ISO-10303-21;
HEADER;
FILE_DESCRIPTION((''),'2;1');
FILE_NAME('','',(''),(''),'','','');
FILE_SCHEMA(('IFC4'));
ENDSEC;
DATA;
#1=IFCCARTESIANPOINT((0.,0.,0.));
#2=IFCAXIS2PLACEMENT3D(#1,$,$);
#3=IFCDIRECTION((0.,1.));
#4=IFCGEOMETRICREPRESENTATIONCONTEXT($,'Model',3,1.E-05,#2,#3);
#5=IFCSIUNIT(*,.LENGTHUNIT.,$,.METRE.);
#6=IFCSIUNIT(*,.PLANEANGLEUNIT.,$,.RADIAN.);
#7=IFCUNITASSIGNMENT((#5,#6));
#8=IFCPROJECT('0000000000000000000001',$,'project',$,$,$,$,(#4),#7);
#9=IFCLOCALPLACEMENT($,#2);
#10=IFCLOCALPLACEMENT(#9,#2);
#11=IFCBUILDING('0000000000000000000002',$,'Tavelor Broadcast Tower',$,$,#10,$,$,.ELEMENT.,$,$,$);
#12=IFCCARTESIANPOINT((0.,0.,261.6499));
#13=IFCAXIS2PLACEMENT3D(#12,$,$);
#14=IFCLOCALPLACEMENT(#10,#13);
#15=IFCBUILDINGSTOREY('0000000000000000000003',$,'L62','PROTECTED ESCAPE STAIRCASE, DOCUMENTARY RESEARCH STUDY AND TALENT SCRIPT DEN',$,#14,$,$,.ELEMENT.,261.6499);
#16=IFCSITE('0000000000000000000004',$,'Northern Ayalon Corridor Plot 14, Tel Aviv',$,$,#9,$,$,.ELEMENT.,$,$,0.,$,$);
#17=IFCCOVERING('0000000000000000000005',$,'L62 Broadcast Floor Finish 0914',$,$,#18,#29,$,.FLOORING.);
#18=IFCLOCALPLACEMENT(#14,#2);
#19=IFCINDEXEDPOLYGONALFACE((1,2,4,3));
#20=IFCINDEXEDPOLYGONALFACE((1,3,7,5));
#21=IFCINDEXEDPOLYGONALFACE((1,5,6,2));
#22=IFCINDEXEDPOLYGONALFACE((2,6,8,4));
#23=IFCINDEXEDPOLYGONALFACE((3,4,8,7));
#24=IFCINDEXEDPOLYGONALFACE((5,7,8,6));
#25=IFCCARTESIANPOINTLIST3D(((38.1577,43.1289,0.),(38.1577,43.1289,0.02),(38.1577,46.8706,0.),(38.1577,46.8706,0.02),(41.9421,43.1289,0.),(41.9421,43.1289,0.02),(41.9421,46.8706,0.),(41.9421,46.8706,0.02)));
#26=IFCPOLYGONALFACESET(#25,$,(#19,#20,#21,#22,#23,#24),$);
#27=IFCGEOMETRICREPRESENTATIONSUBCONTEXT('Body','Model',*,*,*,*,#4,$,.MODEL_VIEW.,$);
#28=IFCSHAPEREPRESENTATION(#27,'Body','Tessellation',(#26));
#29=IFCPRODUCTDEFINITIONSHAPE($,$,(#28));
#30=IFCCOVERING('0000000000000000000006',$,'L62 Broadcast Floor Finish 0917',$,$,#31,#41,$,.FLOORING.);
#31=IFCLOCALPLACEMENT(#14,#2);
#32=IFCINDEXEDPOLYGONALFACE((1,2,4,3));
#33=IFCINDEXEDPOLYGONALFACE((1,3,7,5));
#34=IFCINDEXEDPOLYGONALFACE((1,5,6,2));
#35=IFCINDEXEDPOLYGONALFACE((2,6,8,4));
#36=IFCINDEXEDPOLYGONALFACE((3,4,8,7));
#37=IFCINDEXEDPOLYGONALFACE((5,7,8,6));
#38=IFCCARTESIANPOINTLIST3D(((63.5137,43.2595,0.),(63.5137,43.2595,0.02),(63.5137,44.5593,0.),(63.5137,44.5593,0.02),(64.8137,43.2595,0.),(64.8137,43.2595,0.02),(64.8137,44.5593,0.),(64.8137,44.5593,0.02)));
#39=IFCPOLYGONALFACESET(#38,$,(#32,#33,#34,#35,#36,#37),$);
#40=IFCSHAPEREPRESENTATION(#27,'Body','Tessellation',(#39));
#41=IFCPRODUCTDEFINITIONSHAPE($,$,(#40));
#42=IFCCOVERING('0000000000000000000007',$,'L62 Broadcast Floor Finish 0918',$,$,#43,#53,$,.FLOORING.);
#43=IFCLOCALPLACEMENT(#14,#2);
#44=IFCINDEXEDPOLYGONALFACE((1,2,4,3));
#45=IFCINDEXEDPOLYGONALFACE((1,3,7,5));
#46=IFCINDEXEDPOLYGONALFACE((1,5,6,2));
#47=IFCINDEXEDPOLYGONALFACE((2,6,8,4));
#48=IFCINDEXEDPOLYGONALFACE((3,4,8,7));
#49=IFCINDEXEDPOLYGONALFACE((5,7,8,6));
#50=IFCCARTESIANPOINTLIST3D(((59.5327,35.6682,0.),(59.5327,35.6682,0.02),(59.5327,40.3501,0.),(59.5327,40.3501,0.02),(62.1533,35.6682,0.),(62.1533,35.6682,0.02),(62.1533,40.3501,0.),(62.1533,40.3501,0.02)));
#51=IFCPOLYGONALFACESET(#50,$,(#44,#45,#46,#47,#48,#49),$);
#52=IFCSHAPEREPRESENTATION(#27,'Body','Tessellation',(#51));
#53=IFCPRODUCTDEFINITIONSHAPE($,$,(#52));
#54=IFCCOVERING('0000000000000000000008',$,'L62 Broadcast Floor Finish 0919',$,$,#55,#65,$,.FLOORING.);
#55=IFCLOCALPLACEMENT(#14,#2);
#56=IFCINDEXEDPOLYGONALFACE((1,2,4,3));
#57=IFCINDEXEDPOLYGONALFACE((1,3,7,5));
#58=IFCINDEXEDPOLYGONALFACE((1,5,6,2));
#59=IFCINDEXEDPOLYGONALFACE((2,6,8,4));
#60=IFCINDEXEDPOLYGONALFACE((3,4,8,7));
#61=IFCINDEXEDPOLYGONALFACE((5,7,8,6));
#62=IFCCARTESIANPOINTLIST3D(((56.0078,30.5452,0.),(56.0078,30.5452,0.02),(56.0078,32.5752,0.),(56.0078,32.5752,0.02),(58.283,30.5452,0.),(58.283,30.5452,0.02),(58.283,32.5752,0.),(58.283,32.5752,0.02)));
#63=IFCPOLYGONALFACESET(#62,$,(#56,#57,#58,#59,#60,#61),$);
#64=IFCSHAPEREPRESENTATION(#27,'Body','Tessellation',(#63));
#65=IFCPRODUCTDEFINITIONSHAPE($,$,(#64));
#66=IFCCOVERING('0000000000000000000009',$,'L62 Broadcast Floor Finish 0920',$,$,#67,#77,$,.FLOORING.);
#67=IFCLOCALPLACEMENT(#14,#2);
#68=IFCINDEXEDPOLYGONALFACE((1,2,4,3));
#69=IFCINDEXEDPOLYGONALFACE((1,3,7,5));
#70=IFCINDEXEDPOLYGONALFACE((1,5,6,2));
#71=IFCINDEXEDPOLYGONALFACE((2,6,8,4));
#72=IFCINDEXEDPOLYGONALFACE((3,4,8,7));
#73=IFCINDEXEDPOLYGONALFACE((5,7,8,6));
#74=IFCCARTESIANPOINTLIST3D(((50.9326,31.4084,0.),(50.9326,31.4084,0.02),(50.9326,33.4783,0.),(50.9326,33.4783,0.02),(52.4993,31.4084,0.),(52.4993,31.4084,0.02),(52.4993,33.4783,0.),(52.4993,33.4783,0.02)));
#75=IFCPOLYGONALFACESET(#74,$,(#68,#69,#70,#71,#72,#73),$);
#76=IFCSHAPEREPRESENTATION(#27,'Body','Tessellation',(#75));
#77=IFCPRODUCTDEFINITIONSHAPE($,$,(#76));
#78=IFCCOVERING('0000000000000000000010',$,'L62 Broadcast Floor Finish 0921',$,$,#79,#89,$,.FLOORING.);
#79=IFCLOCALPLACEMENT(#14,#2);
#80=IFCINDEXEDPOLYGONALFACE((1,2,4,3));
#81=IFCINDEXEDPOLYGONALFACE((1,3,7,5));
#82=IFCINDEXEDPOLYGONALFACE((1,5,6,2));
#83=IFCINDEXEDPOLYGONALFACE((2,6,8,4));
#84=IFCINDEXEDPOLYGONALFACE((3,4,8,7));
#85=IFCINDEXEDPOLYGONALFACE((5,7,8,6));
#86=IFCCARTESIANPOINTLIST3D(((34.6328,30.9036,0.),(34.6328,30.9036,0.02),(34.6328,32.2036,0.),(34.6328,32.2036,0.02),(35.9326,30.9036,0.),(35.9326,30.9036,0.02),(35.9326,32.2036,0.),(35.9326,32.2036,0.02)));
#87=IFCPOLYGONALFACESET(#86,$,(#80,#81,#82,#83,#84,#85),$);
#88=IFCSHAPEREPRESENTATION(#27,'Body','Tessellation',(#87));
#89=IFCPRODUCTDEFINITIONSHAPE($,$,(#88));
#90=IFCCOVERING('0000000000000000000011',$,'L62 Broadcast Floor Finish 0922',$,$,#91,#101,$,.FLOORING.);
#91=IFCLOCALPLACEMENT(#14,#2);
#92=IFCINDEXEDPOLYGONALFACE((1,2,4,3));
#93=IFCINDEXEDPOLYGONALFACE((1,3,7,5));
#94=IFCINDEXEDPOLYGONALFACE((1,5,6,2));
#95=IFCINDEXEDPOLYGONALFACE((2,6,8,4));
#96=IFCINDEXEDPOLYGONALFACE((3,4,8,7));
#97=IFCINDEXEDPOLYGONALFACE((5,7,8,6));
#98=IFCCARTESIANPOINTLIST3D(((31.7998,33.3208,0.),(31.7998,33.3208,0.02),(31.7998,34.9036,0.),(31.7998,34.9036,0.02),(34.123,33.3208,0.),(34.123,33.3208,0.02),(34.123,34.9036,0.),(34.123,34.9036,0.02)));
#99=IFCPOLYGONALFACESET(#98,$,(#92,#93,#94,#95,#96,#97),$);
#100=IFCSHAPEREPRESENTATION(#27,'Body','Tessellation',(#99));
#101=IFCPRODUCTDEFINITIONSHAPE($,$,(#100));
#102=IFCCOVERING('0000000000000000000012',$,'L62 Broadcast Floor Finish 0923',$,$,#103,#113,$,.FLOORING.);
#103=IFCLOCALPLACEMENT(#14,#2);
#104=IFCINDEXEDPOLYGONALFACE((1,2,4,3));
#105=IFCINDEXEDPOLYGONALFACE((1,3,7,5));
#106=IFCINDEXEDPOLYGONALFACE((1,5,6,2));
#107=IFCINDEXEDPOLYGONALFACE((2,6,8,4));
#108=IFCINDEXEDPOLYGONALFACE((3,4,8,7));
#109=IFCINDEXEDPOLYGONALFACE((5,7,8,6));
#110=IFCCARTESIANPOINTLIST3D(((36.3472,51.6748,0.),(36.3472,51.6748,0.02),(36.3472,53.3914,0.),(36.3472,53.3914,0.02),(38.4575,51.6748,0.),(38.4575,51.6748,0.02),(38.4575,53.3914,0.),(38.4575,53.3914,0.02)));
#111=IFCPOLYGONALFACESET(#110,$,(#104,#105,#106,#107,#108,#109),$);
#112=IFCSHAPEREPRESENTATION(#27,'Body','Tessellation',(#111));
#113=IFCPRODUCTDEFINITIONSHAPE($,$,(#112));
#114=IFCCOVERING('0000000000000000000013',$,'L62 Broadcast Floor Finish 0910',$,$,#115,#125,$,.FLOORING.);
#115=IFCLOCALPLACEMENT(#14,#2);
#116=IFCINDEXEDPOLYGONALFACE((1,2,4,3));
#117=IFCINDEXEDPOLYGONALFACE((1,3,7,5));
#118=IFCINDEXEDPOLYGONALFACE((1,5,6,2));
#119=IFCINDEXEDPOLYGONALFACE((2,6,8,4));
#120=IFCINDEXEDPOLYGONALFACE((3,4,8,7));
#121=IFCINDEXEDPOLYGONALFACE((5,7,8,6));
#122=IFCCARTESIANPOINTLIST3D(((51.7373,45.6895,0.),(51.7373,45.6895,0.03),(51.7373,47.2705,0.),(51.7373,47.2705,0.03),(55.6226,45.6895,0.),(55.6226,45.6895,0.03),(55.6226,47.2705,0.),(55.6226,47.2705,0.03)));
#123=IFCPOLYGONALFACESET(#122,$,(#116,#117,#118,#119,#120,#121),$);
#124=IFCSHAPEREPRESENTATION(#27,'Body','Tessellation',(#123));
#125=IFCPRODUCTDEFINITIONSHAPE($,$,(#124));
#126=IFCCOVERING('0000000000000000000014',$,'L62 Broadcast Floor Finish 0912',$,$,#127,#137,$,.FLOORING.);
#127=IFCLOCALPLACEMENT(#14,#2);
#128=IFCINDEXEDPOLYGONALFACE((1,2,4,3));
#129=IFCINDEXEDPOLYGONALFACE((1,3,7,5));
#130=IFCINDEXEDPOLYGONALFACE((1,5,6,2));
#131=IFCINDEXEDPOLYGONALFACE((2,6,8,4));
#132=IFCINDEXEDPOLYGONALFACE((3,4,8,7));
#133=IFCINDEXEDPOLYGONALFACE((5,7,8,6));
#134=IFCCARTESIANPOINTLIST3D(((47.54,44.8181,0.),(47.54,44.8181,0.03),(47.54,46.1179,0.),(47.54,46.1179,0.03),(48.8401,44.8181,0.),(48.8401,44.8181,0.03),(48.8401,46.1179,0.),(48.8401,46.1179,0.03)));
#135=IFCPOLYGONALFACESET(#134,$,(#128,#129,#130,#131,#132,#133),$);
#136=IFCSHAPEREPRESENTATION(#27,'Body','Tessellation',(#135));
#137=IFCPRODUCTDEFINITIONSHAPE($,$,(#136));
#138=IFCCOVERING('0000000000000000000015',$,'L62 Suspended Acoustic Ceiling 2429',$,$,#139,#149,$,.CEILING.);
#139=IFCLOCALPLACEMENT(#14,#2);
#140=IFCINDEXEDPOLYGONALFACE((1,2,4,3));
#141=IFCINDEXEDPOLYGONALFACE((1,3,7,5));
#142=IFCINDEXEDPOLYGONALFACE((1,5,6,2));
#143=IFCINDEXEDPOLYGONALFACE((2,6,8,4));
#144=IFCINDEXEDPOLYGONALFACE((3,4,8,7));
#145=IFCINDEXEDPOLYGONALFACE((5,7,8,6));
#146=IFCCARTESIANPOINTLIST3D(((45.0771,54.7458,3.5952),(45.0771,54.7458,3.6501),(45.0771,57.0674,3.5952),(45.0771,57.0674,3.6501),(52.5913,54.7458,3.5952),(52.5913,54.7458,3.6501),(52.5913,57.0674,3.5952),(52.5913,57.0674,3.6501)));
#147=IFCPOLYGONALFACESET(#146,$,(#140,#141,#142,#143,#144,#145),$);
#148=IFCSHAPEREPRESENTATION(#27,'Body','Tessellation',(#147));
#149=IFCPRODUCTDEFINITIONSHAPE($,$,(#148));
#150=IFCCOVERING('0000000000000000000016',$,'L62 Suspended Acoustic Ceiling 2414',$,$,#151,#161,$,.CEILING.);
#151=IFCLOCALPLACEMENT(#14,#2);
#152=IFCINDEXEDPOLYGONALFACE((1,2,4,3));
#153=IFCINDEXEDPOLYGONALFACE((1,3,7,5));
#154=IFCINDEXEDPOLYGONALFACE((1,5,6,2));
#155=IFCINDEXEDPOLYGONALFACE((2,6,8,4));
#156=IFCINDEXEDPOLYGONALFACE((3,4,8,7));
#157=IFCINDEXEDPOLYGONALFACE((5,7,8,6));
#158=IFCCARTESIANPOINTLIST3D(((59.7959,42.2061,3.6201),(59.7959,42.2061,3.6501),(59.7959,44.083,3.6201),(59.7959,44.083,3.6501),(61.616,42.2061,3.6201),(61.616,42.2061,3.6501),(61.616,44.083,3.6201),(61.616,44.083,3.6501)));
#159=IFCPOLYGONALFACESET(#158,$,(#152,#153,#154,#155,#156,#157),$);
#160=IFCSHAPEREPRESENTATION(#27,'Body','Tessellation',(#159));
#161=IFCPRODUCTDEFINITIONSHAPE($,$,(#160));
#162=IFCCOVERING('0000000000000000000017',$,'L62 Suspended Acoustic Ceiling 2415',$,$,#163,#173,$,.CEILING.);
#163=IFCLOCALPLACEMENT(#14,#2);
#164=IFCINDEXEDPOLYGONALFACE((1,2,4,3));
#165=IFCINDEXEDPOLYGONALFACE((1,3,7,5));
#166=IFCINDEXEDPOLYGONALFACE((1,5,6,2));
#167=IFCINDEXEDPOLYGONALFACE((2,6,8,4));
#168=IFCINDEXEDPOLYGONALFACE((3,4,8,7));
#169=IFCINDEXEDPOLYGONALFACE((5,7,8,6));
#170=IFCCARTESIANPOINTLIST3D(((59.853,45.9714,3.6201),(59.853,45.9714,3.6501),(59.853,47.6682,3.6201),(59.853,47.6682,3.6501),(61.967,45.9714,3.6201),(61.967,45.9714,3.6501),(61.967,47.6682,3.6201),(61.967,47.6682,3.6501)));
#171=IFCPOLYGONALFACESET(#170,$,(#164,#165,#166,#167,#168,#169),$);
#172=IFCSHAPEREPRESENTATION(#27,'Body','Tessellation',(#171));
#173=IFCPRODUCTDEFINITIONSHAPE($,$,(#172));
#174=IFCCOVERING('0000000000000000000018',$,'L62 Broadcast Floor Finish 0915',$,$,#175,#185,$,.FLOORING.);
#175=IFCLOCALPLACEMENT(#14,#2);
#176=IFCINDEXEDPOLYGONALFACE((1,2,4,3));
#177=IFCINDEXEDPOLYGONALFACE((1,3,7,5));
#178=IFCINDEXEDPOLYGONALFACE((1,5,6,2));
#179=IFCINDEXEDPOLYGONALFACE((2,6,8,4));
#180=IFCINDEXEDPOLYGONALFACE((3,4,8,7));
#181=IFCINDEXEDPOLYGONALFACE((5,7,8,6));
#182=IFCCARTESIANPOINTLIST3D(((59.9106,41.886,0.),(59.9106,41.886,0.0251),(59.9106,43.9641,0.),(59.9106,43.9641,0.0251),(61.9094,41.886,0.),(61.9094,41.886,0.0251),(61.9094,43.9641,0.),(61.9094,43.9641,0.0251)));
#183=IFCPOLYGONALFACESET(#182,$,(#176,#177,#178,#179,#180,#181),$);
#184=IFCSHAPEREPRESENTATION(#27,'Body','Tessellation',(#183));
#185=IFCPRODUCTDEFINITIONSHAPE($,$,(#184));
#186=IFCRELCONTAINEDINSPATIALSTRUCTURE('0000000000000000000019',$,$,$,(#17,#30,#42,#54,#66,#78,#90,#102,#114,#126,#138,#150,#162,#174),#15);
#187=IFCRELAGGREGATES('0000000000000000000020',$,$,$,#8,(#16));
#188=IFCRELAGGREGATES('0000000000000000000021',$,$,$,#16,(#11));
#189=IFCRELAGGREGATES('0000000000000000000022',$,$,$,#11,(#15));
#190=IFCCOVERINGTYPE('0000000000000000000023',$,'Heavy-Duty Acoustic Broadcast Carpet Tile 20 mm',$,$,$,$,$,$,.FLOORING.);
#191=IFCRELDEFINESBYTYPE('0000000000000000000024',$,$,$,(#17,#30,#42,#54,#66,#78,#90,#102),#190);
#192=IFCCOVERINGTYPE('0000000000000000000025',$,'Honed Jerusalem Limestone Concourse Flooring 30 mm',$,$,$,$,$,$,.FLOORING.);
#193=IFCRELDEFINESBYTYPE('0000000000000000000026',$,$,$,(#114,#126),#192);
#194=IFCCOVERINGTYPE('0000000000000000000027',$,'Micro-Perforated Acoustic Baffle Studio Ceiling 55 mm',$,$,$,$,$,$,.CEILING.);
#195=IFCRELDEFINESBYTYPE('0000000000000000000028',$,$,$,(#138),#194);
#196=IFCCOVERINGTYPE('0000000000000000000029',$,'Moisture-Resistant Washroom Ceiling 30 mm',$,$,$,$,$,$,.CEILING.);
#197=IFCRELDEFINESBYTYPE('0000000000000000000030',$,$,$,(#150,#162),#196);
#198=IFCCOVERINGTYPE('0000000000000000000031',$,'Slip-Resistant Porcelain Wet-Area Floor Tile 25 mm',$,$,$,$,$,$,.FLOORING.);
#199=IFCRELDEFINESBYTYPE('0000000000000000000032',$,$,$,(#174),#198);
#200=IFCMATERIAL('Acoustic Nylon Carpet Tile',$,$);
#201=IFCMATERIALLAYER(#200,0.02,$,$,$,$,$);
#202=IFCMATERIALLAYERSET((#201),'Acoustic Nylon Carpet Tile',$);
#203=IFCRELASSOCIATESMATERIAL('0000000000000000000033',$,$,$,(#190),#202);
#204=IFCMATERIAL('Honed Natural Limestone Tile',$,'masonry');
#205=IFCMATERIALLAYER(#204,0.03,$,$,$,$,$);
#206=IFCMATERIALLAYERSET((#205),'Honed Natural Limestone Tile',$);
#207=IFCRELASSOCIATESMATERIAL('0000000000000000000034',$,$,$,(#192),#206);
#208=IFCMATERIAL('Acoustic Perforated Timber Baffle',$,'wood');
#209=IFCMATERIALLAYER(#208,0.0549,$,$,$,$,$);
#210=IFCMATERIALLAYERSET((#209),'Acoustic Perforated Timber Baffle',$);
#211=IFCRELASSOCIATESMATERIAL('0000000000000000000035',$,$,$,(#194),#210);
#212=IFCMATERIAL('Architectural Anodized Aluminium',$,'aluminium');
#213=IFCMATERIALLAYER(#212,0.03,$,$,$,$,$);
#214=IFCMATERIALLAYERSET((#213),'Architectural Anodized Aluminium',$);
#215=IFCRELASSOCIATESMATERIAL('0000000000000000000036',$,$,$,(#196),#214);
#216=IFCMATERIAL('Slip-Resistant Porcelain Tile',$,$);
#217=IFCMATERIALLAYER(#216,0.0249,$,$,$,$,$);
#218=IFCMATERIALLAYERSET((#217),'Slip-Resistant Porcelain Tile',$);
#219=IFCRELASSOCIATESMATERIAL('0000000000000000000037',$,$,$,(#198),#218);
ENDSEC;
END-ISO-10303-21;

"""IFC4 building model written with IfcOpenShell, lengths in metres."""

from ifc_helpers import new_model, si_unit, direction, frame, origin, place, context, subcontext, project, spatial, polyline, outline, extrude, material, layer, layer_set, type_object, element, save


model = new_model("IFC4")

# Units and contexts
model_context = context("Model", 3, precision=1e-05, world=origin(), true_north=direction((0.0, 1.0)))
body_context = subcontext(model_context, "Body", "Model", "MODEL_VIEW")
ifc_project = project(units=[si_unit("LENGTHUNIT", "METRE"), si_unit("PLANEANGLEUNIT", "RADIAN")], contexts=[model_context])

# Site, building, storey
site_placement = place(None, origin())
site = spatial("IfcSite", under=ifc_project, at=site_placement, Name="Northern Ayalon Corridor Plot 14, Tel Aviv", CompositionType="ELEMENT", RefElevation=0.0)
building_placement = place(site_placement, origin())
building = spatial("IfcBuilding", under=site, at=building_placement, Name="Tavelor Broadcast Tower", CompositionType="ELEMENT")
storey_placement = place(building_placement, frame((0.0, 0.0, 261.6499)))
storey = spatial("IfcBuildingStorey", under=building, at=storey_placement, Name="L62", Description="PROTECTED ESCAPE STAIRCASE, DOCUMENTARY RESEARCH STUDY AND TALENT SCRIPT DEN", CompositionType="ELEMENT", Elevation=261.6499)

# Coverings
ifc_material_1 = material(Name="Architectural Anodized Aluminium", Category="aluminium")
ifc_material_2 = material(Name="Acoustic Nylon Carpet Tile")
ifc_layer_1 = layer(ifc_material_2, 0.02)
ifc_layer_set_1 = layer_set([ifc_layer_1], Name="Acoustic Nylon Carpet Tile")
covering_type_1 = type_object("IfcCoveringType", Name="Heavy-Duty Acoustic Broadcast Carpet Tile 20 mm", PredefinedType="FLOORING", material=ifc_layer_set_1)
covering_1_placement = place(storey_placement, origin())
element("IfcCovering", 1, at=covering_1_placement, inside=storey, type_object=covering_type_1, Name="L62 Broadcast Floor Finish 0914", PredefinedType="FLOORING", context=body_context, shape_type="SweptSolid", body=[
    extrude(outline(polyline([(38.1577, 43.1289), (41.9421, 43.1289), (41.9421, 46.8706), (38.1577, 46.8706), (38.1577, 43.1289)])), origin(), (0.0, 0.0, 1.0), 0.02),
])
covering_2_placement = place(storey_placement, origin())
element("IfcCovering", 2, at=covering_2_placement, inside=storey, type_object=covering_type_1, Name="L62 Broadcast Floor Finish 0917", PredefinedType="FLOORING", context=body_context, shape_type="SweptSolid", body=[
    extrude(outline(polyline([(63.5137, 43.2595), (64.8137, 43.2595), (64.8137, 44.5593), (63.5137, 44.5593), (63.5137, 43.2595)])), origin(), (0.0, 0.0, 1.0), 0.02),
])
covering_3_placement = place(storey_placement, origin())
element("IfcCovering", 3, at=covering_3_placement, inside=storey, type_object=covering_type_1, Name="L62 Broadcast Floor Finish 0918", PredefinedType="FLOORING", context=body_context, shape_type="SweptSolid", body=[
    extrude(outline(polyline([(59.5327, 35.6682), (62.1533, 35.6682), (62.1533, 40.3501), (59.5327, 40.3501), (59.5327, 35.6682)])), origin(), (0.0, 0.0, 1.0), 0.02),
])
covering_4_placement = place(storey_placement, origin())
element("IfcCovering", 4, at=covering_4_placement, inside=storey, type_object=covering_type_1, Name="L62 Broadcast Floor Finish 0919", PredefinedType="FLOORING", context=body_context, shape_type="SweptSolid", body=[
    extrude(outline(polyline([(56.0078, 30.5452), (58.283, 30.5452), (58.283, 32.5752), (56.0078, 32.5752), (56.0078, 30.5452)])), origin(), (0.0, 0.0, 1.0), 0.02),
])
covering_5_placement = place(storey_placement, origin())
element("IfcCovering", 5, at=covering_5_placement, inside=storey, type_object=covering_type_1, Name="L62 Broadcast Floor Finish 0920", PredefinedType="FLOORING", context=body_context, shape_type="SweptSolid", body=[
    extrude(outline(polyline([(50.9326, 31.4084), (52.4993, 31.4084), (52.4993, 33.4783), (50.9326, 33.4783), (50.9326, 31.4084)])), origin(), (0.0, 0.0, 1.0), 0.02),
])
covering_6_placement = place(storey_placement, origin())
element("IfcCovering", 6, at=covering_6_placement, inside=storey, type_object=covering_type_1, Name="L62 Broadcast Floor Finish 0921", PredefinedType="FLOORING", context=body_context, shape_type="SweptSolid", body=[
    extrude(outline(polyline([(34.6328, 30.9036), (35.9326, 30.9036), (35.9326, 32.2036), (34.6328, 32.2036), (34.6328, 30.9036)])), origin(), (0.0, 0.0, 1.0), 0.02),
])
covering_7_placement = place(storey_placement, origin())
element("IfcCovering", 7, at=covering_7_placement, inside=storey, type_object=covering_type_1, Name="L62 Broadcast Floor Finish 0922", PredefinedType="FLOORING", context=body_context, shape_type="SweptSolid", body=[
    extrude(outline(polyline([(31.7998, 33.3208), (34.123, 33.3208), (34.123, 34.9036), (31.7998, 34.9036), (31.7998, 33.3208)])), origin(), (0.0, 0.0, 1.0), 0.02),
])
covering_8_placement = place(storey_placement, origin())
element("IfcCovering", 8, at=covering_8_placement, inside=storey, type_object=covering_type_1, Name="L62 Broadcast Floor Finish 0923", PredefinedType="FLOORING", context=body_context, shape_type="SweptSolid", body=[
    extrude(outline(polyline([(36.3472, 51.6748), (38.4575, 51.6748), (38.4575, 53.3914), (36.3472, 53.3914), (36.3472, 51.6748)])), origin(), (0.0, 0.0, 1.0), 0.02),
])
ifc_material_3 = material(Name="Honed Natural Limestone Tile", Category="masonry")
ifc_layer_2 = layer(ifc_material_3, 0.03)
ifc_layer_set_2 = layer_set([ifc_layer_2], Name="Honed Natural Limestone Tile")
covering_type_2 = type_object("IfcCoveringType", Name="Honed Jerusalem Limestone Concourse Flooring 30 mm", PredefinedType="FLOORING", material=ifc_layer_set_2)
covering_9_placement = place(storey_placement, origin())
element("IfcCovering", 9, at=covering_9_placement, inside=storey, type_object=covering_type_2, Name="L62 Broadcast Floor Finish 0910", PredefinedType="FLOORING", context=body_context, shape_type="SweptSolid", body=[
    extrude(outline(polyline([(51.7373, 45.6895), (55.6226, 45.6895), (55.6226, 47.2705), (51.7373, 47.2705), (51.7373, 45.6895)])), origin(), (0.0, 0.0, 1.0), 0.03),
])
covering_10_placement = place(storey_placement, origin())
element("IfcCovering", 10, at=covering_10_placement, inside=storey, type_object=covering_type_2, Name="L62 Broadcast Floor Finish 0912", PredefinedType="FLOORING", context=body_context, shape_type="SweptSolid", body=[
    extrude(outline(polyline([(47.54, 44.8181), (48.8401, 44.8181), (48.8401, 46.1179), (47.54, 46.1179), (47.54, 44.8181)])), origin(), (0.0, 0.0, 1.0), 0.03),
])
ifc_material_4 = material(Name="Acoustic Perforated Timber Baffle", Category="wood")
ifc_layer_3 = layer(ifc_material_4, 0.0549)
ifc_layer_set_3 = layer_set([ifc_layer_3], Name="Acoustic Perforated Timber Baffle")
covering_type_3 = type_object("IfcCoveringType", Name="Micro-Perforated Acoustic Baffle Studio Ceiling 55 mm", PredefinedType="CEILING", material=ifc_layer_set_3)
covering_11_placement = place(storey_placement, frame((0.0, 0.0, 3.5952)))
element("IfcCovering", 11, at=covering_11_placement, inside=storey, type_object=covering_type_3, Name="L62 Suspended Acoustic Ceiling 2429", PredefinedType="CEILING", context=body_context, shape_type="SweptSolid", body=[
    extrude(outline(polyline([(45.0771, 54.7458), (52.5913, 54.7458), (52.5913, 57.0674), (45.0771, 57.0674), (45.0771, 54.7458)])), origin(), (0.0, 0.0, 1.0), 0.0549),
])
ifc_layer_4 = layer(ifc_material_1, 0.03)
ifc_layer_set_4 = layer_set([ifc_layer_4], Name="Architectural Anodized Aluminium")
covering_type_4 = type_object("IfcCoveringType", Name="Moisture-Resistant Washroom Ceiling 30 mm", PredefinedType="CEILING", material=ifc_layer_set_4)
covering_12_placement = place(storey_placement, frame((0.0, 0.0, 3.6201)))
element("IfcCovering", 12, at=covering_12_placement, inside=storey, type_object=covering_type_4, Name="L62 Suspended Acoustic Ceiling 2414", PredefinedType="CEILING", context=body_context, shape_type="SweptSolid", body=[
    extrude(outline(polyline([(59.7959, 42.2061), (61.616, 42.2061), (61.616, 44.083), (59.7959, 44.083), (59.7959, 42.2061)])), origin(), (0.0, 0.0, 1.0), 0.03),
])
covering_13_placement = place(storey_placement, frame((0.0, 0.0, 3.6201)))
element("IfcCovering", 13, at=covering_13_placement, inside=storey, type_object=covering_type_4, Name="L62 Suspended Acoustic Ceiling 2415", PredefinedType="CEILING", context=body_context, shape_type="SweptSolid", body=[
    extrude(outline(polyline([(59.853, 45.9714), (61.967, 45.9714), (61.967, 47.6682), (59.853, 47.6682), (59.853, 45.9714)])), origin(), (0.0, 0.0, 1.0), 0.03),
])
ifc_material_5 = material(Name="Slip-Resistant Porcelain Tile")
ifc_layer_5 = layer(ifc_material_5, 0.0249)
ifc_layer_set_5 = layer_set([ifc_layer_5], Name="Slip-Resistant Porcelain Tile")
covering_type_5 = type_object("IfcCoveringType", Name="Slip-Resistant Porcelain Wet-Area Floor Tile 25 mm", PredefinedType="FLOORING", material=ifc_layer_set_5)
covering_14_placement = place(storey_placement, origin())
element("IfcCovering", 14, at=covering_14_placement, inside=storey, type_object=covering_type_5, Name="L62 Broadcast Floor Finish 0915", PredefinedType="FLOORING", context=body_context, shape_type="SweptSolid", body=[
    extrude(outline(polyline([(59.9106, 41.886), (61.9094, 41.886), (61.9094, 43.9641), (59.9106, 43.9641), (59.9106, 41.886)])), origin(), (0.0, 0.0, 1.0), 0.0251),
])

save(model, "model.ifc")
